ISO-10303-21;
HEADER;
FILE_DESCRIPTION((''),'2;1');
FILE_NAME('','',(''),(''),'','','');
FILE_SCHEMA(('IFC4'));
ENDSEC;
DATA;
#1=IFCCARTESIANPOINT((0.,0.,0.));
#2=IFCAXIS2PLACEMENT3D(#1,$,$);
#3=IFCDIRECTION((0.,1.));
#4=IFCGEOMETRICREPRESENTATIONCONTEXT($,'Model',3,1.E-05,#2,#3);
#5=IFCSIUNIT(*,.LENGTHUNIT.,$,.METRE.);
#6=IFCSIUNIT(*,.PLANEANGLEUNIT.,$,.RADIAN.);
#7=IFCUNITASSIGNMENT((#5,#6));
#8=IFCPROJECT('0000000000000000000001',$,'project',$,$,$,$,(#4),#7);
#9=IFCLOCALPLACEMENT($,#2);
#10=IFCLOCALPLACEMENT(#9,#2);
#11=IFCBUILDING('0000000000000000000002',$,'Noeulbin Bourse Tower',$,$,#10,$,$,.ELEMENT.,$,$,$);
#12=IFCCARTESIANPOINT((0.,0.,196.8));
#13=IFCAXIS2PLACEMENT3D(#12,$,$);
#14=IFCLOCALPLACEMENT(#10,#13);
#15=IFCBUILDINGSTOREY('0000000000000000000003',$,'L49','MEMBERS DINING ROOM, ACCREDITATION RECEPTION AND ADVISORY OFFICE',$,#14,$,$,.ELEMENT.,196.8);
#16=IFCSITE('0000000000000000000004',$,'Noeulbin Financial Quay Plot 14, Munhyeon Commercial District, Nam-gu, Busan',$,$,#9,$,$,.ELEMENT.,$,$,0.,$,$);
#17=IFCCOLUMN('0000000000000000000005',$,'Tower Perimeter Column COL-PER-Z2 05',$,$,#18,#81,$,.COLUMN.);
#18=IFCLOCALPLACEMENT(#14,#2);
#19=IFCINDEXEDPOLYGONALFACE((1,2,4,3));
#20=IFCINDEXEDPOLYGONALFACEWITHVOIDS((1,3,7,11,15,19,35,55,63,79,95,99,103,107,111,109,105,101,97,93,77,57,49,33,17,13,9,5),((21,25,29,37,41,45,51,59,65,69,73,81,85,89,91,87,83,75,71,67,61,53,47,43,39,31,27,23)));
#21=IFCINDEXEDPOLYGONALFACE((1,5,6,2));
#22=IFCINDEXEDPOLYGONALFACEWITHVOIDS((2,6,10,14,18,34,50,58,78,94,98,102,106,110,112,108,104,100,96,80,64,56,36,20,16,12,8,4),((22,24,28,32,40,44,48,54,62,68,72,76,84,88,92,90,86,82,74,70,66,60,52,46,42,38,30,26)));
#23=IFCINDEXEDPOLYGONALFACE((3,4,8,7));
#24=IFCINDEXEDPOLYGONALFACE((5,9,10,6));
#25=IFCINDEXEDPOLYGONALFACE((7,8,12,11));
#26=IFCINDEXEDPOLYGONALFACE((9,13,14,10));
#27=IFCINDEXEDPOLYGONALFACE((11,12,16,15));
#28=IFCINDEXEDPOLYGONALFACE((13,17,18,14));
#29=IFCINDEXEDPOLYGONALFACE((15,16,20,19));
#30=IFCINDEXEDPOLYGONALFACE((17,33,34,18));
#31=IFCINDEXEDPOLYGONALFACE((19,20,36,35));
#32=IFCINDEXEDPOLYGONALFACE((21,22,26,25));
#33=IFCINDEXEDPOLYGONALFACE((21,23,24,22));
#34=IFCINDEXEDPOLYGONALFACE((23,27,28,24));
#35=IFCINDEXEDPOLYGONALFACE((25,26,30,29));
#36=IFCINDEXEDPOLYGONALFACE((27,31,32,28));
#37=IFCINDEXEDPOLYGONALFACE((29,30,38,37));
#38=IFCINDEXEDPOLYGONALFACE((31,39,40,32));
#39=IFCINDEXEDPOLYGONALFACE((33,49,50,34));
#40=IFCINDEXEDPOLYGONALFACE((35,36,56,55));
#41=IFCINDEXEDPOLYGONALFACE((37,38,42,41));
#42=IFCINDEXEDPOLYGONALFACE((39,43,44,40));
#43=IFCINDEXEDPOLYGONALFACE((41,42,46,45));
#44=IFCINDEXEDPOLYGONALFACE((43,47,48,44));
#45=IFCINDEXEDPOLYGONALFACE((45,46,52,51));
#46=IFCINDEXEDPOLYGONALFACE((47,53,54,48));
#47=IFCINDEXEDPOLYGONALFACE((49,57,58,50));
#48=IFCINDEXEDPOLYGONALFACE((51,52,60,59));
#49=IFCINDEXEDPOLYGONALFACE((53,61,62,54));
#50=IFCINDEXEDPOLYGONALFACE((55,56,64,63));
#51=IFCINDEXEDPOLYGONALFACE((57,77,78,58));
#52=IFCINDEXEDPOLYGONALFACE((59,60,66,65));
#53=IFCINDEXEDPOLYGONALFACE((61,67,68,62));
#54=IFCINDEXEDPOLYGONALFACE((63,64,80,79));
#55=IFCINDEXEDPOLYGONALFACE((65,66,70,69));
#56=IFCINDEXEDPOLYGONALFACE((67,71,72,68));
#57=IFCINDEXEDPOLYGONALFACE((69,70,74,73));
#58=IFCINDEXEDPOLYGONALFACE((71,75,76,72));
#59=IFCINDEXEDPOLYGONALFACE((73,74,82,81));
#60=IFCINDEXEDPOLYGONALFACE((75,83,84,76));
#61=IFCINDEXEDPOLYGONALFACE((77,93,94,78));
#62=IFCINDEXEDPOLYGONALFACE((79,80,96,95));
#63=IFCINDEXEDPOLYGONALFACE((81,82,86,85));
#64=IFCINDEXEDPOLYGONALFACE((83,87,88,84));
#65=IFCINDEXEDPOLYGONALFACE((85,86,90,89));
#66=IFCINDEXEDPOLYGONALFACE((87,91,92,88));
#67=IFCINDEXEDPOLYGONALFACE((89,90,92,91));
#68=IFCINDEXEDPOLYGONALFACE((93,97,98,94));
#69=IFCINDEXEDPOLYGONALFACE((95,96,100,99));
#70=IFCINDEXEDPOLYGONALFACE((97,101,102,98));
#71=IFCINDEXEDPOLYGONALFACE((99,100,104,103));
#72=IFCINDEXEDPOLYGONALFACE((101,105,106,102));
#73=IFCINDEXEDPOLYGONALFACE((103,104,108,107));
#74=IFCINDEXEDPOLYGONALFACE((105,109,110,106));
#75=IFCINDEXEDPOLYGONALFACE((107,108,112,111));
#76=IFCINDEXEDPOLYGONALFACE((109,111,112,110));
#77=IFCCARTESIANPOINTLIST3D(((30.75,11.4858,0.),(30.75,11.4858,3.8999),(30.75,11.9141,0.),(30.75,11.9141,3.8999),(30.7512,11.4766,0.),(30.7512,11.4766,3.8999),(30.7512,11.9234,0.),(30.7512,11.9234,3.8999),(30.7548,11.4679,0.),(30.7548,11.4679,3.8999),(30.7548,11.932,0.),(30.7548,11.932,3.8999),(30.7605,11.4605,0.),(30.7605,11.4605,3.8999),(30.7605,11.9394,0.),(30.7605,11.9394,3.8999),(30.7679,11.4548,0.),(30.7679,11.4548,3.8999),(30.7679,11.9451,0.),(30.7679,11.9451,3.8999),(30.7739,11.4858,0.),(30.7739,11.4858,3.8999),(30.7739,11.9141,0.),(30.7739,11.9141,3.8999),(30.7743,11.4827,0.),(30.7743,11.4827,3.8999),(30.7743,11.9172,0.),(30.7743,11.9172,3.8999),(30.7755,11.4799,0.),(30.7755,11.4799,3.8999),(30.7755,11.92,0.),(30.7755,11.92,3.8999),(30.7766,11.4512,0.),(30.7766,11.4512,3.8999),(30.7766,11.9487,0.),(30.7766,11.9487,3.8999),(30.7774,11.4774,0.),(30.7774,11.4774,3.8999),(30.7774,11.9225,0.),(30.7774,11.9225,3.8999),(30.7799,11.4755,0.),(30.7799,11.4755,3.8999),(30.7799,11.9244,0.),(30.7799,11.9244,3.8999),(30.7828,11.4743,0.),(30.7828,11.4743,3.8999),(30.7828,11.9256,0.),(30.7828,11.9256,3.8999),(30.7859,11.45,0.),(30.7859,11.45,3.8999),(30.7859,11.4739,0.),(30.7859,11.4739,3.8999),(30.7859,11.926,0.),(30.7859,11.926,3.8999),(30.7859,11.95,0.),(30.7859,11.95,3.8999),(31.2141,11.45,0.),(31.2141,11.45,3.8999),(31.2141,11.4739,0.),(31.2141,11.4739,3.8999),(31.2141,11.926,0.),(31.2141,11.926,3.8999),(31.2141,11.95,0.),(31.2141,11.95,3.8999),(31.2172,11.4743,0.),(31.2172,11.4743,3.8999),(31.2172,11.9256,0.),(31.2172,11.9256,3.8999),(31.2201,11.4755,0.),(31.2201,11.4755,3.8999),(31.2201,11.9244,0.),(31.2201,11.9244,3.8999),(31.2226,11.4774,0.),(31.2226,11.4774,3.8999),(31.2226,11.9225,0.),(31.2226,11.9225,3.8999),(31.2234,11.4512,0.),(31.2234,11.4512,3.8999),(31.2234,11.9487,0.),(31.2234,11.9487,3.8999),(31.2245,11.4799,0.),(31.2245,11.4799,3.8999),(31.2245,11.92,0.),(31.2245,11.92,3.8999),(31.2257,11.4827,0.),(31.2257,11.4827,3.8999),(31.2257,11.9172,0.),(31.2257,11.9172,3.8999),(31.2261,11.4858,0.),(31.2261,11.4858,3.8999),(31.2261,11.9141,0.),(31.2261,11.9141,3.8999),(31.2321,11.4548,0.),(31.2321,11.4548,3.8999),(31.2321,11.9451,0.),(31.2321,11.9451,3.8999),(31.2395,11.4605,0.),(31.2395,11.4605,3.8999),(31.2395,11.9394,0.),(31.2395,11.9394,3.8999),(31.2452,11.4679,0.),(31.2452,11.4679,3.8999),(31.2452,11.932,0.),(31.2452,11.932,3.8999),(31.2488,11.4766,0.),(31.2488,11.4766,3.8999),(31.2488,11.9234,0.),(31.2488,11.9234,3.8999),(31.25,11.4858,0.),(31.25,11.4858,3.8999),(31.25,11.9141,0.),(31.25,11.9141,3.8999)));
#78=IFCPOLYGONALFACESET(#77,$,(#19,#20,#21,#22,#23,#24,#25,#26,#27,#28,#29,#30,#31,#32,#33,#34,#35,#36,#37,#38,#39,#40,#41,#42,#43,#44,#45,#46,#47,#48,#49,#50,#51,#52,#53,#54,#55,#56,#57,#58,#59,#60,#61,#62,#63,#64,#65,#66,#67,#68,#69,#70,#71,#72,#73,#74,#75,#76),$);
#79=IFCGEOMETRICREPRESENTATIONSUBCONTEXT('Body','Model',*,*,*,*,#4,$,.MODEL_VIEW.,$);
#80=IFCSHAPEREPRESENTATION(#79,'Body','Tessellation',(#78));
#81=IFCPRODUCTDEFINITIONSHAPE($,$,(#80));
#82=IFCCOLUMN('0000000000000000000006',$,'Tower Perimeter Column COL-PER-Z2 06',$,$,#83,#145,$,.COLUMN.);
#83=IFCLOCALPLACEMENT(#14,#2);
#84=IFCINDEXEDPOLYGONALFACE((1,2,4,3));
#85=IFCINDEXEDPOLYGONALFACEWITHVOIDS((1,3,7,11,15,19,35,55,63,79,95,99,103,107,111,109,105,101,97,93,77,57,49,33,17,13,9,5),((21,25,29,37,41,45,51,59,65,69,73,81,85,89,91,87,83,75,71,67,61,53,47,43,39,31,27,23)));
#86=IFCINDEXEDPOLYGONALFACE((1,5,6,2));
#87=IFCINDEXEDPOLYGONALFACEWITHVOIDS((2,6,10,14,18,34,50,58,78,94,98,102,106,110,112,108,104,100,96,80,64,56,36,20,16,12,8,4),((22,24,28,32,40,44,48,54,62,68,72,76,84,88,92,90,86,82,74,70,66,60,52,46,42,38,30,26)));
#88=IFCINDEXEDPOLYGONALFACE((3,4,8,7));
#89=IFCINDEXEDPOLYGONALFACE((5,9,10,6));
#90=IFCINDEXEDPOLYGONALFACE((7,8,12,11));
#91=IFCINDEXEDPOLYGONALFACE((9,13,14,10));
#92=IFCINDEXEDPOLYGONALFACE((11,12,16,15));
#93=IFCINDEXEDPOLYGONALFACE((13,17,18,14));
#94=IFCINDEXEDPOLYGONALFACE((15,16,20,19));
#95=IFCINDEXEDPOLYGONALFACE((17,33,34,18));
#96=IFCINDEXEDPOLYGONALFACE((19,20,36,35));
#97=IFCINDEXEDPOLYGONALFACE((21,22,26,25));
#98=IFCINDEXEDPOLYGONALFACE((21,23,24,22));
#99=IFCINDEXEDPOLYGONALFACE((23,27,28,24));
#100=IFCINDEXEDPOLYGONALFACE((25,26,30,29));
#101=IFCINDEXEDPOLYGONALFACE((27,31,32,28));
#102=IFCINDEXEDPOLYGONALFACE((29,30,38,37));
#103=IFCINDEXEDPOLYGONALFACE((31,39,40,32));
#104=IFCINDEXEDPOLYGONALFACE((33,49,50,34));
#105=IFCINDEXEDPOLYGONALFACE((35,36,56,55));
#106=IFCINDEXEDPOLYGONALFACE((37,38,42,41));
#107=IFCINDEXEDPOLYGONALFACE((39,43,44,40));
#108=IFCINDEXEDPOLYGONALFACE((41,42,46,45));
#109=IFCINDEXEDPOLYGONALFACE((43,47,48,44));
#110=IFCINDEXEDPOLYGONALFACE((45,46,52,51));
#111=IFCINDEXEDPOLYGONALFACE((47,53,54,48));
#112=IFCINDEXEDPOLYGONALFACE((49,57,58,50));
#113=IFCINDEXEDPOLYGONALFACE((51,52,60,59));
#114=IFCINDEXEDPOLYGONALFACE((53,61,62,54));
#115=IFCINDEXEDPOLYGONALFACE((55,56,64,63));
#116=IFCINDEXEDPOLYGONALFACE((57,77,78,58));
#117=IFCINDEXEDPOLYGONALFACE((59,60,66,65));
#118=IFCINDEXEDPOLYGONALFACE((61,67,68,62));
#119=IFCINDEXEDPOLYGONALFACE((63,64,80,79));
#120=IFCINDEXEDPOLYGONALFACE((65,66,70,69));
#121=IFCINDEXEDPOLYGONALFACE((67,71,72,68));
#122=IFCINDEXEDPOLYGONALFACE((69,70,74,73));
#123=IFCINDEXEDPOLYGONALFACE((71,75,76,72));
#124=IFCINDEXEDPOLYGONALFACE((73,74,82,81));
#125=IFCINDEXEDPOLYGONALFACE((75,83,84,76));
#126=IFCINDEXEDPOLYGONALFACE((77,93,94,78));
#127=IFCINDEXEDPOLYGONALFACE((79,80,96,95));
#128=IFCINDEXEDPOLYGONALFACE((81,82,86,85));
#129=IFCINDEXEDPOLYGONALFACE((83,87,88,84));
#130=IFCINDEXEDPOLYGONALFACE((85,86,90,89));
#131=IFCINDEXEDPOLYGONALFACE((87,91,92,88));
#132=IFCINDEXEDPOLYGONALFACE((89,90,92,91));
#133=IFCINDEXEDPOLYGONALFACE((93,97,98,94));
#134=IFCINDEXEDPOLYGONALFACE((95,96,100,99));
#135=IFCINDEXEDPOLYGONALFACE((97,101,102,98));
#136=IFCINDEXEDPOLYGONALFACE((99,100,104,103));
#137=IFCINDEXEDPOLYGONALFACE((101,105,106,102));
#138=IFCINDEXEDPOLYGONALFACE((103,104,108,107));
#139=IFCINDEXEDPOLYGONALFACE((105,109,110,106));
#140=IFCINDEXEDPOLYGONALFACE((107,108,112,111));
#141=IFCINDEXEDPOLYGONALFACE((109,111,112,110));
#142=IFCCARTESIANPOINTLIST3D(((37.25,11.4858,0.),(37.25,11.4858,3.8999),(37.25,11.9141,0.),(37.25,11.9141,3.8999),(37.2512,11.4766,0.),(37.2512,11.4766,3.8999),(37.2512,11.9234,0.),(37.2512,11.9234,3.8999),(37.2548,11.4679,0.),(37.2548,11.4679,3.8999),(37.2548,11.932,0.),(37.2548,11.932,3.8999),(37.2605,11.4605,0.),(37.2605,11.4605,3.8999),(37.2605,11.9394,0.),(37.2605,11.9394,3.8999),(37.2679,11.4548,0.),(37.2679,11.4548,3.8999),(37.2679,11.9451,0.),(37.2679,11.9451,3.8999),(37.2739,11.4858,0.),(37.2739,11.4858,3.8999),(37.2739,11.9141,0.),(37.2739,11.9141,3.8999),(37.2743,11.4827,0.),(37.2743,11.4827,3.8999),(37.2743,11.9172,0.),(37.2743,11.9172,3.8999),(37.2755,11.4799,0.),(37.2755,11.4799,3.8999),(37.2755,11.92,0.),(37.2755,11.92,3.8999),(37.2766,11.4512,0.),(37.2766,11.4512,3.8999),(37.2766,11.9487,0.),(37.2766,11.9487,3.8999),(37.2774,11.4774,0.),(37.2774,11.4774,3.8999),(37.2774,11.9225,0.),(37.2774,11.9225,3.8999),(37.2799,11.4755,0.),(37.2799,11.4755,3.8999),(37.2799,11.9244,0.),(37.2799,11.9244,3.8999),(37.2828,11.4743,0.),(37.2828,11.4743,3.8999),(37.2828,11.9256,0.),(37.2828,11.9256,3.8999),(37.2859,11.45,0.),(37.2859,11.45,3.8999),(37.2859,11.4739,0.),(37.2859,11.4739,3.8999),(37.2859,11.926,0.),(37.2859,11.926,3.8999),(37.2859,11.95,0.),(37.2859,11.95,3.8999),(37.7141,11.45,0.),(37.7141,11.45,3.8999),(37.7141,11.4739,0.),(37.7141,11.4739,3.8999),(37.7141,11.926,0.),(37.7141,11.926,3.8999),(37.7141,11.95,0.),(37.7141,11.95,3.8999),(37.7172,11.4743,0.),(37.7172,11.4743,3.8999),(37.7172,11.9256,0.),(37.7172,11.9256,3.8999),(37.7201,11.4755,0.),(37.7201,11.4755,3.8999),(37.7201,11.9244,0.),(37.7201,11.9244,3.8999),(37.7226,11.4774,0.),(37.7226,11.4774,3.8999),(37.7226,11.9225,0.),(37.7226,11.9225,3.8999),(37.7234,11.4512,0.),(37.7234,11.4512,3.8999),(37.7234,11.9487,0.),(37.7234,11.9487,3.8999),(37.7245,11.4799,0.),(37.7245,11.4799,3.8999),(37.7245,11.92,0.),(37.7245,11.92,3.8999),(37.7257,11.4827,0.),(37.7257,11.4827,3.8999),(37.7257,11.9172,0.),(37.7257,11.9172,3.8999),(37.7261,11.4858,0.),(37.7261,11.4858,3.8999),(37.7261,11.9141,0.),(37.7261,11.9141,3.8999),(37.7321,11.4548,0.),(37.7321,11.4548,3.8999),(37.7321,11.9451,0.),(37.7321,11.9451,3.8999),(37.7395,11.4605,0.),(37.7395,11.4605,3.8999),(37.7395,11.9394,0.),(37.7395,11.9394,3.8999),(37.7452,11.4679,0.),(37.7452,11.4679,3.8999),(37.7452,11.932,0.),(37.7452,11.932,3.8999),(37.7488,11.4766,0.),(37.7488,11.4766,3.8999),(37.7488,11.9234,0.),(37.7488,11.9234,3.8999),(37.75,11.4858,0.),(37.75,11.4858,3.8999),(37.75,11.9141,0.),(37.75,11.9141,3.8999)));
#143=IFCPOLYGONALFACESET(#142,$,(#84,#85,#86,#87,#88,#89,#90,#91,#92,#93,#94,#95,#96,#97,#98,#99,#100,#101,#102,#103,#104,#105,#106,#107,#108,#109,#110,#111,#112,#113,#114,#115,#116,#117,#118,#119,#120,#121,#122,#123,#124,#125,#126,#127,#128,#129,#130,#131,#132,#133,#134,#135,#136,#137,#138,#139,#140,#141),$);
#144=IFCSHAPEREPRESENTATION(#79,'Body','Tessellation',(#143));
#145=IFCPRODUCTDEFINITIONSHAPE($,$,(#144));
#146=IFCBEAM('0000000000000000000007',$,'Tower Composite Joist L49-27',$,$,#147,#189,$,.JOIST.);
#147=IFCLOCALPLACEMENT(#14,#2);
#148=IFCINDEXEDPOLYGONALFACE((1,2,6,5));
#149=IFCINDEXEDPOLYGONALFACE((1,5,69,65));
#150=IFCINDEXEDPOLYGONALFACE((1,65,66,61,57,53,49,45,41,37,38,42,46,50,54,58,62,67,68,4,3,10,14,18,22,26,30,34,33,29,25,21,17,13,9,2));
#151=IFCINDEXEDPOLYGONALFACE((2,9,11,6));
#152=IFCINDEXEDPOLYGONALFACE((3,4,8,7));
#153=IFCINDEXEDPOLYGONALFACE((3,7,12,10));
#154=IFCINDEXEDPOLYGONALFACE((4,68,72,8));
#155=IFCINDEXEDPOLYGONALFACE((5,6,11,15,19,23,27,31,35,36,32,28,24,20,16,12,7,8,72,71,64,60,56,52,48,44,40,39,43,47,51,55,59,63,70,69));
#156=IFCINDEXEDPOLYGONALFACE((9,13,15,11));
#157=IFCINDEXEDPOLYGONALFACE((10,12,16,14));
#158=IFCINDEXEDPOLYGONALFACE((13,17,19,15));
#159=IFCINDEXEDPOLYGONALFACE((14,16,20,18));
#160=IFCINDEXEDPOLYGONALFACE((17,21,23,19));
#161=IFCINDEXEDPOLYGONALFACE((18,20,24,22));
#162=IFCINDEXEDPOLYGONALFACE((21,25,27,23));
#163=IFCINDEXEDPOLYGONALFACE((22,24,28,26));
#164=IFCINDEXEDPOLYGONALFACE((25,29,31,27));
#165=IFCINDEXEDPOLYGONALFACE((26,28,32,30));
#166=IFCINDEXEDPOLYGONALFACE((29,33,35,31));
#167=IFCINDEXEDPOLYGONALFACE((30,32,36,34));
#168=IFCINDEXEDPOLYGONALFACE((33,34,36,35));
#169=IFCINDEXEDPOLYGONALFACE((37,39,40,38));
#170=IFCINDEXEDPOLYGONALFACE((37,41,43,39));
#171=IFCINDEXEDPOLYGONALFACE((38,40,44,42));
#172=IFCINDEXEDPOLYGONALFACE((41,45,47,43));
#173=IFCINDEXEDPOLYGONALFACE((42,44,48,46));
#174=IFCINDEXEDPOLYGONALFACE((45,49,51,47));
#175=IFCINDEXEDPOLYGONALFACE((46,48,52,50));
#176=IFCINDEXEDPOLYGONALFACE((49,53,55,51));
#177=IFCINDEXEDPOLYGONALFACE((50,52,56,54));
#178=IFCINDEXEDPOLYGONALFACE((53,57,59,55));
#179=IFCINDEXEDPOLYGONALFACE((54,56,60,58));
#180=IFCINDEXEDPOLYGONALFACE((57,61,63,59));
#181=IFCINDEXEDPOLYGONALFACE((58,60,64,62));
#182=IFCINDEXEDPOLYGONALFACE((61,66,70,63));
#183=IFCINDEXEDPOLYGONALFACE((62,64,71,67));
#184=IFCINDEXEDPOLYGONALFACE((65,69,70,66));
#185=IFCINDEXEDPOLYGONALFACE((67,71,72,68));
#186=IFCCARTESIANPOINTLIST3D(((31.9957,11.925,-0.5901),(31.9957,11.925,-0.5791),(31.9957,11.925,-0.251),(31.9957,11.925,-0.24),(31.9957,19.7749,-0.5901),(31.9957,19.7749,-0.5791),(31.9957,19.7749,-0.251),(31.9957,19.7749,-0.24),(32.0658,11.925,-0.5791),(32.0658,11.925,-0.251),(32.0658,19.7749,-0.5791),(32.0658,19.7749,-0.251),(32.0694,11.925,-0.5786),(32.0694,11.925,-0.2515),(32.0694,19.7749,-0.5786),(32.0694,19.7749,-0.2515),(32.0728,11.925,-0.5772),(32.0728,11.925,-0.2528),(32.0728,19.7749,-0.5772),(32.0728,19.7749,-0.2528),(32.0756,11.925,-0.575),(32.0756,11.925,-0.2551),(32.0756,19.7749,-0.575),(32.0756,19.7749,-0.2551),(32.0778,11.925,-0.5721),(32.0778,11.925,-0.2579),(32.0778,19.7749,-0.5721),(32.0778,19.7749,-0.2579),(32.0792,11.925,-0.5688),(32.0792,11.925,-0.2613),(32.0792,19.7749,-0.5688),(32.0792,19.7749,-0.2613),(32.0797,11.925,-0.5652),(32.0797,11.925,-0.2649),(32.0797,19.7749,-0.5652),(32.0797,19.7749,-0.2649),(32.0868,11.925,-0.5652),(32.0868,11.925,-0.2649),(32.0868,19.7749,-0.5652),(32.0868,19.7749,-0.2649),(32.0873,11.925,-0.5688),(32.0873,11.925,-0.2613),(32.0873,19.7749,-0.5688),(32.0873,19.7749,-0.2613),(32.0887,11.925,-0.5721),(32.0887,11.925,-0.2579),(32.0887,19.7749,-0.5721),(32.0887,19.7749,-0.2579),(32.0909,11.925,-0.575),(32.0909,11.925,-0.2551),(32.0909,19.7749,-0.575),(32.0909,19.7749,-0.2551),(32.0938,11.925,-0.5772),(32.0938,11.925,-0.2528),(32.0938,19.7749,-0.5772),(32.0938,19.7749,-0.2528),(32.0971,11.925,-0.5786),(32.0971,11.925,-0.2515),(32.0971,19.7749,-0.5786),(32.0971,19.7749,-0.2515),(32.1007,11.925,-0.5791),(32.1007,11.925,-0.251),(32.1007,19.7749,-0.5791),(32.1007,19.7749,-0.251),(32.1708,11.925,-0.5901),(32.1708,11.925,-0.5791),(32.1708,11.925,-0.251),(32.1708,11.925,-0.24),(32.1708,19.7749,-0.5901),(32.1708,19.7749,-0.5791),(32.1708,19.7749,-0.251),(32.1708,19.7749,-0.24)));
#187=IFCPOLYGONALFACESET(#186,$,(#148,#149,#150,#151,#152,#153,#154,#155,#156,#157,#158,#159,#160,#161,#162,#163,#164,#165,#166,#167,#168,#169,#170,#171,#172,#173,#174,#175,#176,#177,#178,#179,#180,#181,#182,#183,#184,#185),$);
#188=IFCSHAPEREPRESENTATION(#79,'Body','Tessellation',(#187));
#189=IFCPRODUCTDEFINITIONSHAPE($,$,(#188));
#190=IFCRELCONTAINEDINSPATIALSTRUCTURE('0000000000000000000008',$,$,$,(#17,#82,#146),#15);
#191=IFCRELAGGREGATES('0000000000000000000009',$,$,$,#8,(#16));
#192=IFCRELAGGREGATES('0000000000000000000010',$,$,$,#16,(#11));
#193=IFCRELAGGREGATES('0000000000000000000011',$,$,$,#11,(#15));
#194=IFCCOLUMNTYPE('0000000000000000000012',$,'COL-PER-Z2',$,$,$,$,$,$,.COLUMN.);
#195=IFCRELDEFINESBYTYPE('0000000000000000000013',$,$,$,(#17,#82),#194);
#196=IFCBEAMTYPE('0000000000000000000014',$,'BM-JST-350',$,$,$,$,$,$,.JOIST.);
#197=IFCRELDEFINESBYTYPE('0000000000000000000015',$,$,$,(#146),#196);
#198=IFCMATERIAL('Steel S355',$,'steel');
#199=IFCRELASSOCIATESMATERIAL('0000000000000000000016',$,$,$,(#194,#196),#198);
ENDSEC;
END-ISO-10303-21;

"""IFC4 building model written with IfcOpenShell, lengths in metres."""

from ifc_helpers import new_model, si_unit, direction, frame, origin, origin_2d, place, context, subcontext, project, spatial, hollow_rectangle, i_section, extrude, material, material_profile, profile_set, type_object, element, save


model = new_model("IFC4")

# Units and contexts
model_context = context("Model", 3, precision=1e-05, world=origin(), true_north=direction((0.0, 1.0)))
body_context = subcontext(model_context, "Body", "Model", "MODEL_VIEW")
ifc_project = project(units=[si_unit("LENGTHUNIT", "METRE"), si_unit("PLANEANGLEUNIT", "RADIAN")], contexts=[model_context])

# Site, building, storey
site_placement = place(None, origin())
site = spatial("IfcSite", under=ifc_project, at=site_placement, Name="Noeulbin Financial Quay Plot 14, Munhyeon Commercial District, Nam-gu, Busan", CompositionType="ELEMENT", RefElevation=0.0)
building_placement = place(site_placement, origin())
building = spatial("IfcBuilding", under=site, at=building_placement, Name="Noeulbin Bourse Tower", CompositionType="ELEMENT")
storey_placement = place(building_placement, frame((0.0, 0.0, 196.8)))
storey = spatial("IfcBuildingStorey", under=building, at=storey_placement, Name="L49", Description="MEMBERS DINING ROOM, ACCREDITATION RECEPTION AND ADVISORY OFFICE", CompositionType="ELEMENT", Elevation=196.8)

# Columns
ifc_material_1 = material(Name="Steel S355", Category="steel")
ifc_material_profile_1 = material_profile(ifc_material_1, hollow_rectangle(XDim=0.5, YDim=0.5, WallThickness=0.0239, InnerFilletRadius=0.012, OuterFilletRadius=0.0359, at=origin_2d()), Name="BOX-500x500x24", Category="LoadBearing")
ifc_profile_set_1 = profile_set([ifc_material_profile_1], Name="Steel S355")
column_type = type_object("IfcColumnType", Name="COL-PER-Z2", PredefinedType="COLUMN", material=ifc_profile_set_1)
for number, where, z_axis, x_axis, name in (
    (1, (31.0, 11.7, 0.0), (0.0, 0.0, 1.0), (1.0, 0.0, 0.0), "Tower Perimeter Column COL-PER-Z2 05"),
    (2, (37.5, 11.7, 0.0), (0.0, 0.0, 1.0), (1.0, 0.0, 0.0), "Tower Perimeter Column COL-PER-Z2 06"),
):
    element("IfcColumn", number, at=place(storey_placement, frame(where, z_axis=z_axis, x_axis=x_axis)), inside=storey, type_object=column_type, Name=name, PredefinedType="COLUMN", context=body_context, shape_type="SweptSolid", body=[
        extrude(hollow_rectangle(XDim=0.5, YDim=0.5, WallThickness=0.0239, InnerFilletRadius=0.012, OuterFilletRadius=0.0359, at=origin_2d()), origin(), (0.0, 0.0, 1.0), 3.8999),
    ])

# Beam
ifc_material_profile_2 = material_profile(ifc_material_1, i_section(OverallWidth=0.175, OverallDepth=0.3501, WebThickness=0.0071, FlangeThickness=0.011, FilletRadius=0.0139, at=origin_2d()), Name="H-350x175x7x11", Category="LoadBearing")
ifc_profile_set_2 = profile_set([ifc_material_profile_2], Name="Steel S355")
beam_type_1 = type_object("IfcBeamType", Name="BM-JST-350", PredefinedType="JOIST", material=ifc_profile_set_2)
for number, where, z_axis, x_axis, name in (
    (3, (32.0833, 11.925, -0.415), (0.0, 1.0, 0.0), (-1.0, 0.0, 0.0), "Tower Composite Joist L49-27"),
):
    element("IfcBeam", number, at=place(storey_placement, frame(where, z_axis=z_axis, x_axis=x_axis)), inside=storey, type_object=beam_type_1, Name=name, PredefinedType="JOIST", context=body_context, shape_type="SweptSolid", body=[
        extrude(i_section(OverallWidth=0.175, OverallDepth=0.3501, WebThickness=0.0071, FlangeThickness=0.011, FilletRadius=0.0139, at=origin_2d()), origin(), (0.0, 0.0, 1.0), 7.8499),
    ])

save(model, "model.ifc")
